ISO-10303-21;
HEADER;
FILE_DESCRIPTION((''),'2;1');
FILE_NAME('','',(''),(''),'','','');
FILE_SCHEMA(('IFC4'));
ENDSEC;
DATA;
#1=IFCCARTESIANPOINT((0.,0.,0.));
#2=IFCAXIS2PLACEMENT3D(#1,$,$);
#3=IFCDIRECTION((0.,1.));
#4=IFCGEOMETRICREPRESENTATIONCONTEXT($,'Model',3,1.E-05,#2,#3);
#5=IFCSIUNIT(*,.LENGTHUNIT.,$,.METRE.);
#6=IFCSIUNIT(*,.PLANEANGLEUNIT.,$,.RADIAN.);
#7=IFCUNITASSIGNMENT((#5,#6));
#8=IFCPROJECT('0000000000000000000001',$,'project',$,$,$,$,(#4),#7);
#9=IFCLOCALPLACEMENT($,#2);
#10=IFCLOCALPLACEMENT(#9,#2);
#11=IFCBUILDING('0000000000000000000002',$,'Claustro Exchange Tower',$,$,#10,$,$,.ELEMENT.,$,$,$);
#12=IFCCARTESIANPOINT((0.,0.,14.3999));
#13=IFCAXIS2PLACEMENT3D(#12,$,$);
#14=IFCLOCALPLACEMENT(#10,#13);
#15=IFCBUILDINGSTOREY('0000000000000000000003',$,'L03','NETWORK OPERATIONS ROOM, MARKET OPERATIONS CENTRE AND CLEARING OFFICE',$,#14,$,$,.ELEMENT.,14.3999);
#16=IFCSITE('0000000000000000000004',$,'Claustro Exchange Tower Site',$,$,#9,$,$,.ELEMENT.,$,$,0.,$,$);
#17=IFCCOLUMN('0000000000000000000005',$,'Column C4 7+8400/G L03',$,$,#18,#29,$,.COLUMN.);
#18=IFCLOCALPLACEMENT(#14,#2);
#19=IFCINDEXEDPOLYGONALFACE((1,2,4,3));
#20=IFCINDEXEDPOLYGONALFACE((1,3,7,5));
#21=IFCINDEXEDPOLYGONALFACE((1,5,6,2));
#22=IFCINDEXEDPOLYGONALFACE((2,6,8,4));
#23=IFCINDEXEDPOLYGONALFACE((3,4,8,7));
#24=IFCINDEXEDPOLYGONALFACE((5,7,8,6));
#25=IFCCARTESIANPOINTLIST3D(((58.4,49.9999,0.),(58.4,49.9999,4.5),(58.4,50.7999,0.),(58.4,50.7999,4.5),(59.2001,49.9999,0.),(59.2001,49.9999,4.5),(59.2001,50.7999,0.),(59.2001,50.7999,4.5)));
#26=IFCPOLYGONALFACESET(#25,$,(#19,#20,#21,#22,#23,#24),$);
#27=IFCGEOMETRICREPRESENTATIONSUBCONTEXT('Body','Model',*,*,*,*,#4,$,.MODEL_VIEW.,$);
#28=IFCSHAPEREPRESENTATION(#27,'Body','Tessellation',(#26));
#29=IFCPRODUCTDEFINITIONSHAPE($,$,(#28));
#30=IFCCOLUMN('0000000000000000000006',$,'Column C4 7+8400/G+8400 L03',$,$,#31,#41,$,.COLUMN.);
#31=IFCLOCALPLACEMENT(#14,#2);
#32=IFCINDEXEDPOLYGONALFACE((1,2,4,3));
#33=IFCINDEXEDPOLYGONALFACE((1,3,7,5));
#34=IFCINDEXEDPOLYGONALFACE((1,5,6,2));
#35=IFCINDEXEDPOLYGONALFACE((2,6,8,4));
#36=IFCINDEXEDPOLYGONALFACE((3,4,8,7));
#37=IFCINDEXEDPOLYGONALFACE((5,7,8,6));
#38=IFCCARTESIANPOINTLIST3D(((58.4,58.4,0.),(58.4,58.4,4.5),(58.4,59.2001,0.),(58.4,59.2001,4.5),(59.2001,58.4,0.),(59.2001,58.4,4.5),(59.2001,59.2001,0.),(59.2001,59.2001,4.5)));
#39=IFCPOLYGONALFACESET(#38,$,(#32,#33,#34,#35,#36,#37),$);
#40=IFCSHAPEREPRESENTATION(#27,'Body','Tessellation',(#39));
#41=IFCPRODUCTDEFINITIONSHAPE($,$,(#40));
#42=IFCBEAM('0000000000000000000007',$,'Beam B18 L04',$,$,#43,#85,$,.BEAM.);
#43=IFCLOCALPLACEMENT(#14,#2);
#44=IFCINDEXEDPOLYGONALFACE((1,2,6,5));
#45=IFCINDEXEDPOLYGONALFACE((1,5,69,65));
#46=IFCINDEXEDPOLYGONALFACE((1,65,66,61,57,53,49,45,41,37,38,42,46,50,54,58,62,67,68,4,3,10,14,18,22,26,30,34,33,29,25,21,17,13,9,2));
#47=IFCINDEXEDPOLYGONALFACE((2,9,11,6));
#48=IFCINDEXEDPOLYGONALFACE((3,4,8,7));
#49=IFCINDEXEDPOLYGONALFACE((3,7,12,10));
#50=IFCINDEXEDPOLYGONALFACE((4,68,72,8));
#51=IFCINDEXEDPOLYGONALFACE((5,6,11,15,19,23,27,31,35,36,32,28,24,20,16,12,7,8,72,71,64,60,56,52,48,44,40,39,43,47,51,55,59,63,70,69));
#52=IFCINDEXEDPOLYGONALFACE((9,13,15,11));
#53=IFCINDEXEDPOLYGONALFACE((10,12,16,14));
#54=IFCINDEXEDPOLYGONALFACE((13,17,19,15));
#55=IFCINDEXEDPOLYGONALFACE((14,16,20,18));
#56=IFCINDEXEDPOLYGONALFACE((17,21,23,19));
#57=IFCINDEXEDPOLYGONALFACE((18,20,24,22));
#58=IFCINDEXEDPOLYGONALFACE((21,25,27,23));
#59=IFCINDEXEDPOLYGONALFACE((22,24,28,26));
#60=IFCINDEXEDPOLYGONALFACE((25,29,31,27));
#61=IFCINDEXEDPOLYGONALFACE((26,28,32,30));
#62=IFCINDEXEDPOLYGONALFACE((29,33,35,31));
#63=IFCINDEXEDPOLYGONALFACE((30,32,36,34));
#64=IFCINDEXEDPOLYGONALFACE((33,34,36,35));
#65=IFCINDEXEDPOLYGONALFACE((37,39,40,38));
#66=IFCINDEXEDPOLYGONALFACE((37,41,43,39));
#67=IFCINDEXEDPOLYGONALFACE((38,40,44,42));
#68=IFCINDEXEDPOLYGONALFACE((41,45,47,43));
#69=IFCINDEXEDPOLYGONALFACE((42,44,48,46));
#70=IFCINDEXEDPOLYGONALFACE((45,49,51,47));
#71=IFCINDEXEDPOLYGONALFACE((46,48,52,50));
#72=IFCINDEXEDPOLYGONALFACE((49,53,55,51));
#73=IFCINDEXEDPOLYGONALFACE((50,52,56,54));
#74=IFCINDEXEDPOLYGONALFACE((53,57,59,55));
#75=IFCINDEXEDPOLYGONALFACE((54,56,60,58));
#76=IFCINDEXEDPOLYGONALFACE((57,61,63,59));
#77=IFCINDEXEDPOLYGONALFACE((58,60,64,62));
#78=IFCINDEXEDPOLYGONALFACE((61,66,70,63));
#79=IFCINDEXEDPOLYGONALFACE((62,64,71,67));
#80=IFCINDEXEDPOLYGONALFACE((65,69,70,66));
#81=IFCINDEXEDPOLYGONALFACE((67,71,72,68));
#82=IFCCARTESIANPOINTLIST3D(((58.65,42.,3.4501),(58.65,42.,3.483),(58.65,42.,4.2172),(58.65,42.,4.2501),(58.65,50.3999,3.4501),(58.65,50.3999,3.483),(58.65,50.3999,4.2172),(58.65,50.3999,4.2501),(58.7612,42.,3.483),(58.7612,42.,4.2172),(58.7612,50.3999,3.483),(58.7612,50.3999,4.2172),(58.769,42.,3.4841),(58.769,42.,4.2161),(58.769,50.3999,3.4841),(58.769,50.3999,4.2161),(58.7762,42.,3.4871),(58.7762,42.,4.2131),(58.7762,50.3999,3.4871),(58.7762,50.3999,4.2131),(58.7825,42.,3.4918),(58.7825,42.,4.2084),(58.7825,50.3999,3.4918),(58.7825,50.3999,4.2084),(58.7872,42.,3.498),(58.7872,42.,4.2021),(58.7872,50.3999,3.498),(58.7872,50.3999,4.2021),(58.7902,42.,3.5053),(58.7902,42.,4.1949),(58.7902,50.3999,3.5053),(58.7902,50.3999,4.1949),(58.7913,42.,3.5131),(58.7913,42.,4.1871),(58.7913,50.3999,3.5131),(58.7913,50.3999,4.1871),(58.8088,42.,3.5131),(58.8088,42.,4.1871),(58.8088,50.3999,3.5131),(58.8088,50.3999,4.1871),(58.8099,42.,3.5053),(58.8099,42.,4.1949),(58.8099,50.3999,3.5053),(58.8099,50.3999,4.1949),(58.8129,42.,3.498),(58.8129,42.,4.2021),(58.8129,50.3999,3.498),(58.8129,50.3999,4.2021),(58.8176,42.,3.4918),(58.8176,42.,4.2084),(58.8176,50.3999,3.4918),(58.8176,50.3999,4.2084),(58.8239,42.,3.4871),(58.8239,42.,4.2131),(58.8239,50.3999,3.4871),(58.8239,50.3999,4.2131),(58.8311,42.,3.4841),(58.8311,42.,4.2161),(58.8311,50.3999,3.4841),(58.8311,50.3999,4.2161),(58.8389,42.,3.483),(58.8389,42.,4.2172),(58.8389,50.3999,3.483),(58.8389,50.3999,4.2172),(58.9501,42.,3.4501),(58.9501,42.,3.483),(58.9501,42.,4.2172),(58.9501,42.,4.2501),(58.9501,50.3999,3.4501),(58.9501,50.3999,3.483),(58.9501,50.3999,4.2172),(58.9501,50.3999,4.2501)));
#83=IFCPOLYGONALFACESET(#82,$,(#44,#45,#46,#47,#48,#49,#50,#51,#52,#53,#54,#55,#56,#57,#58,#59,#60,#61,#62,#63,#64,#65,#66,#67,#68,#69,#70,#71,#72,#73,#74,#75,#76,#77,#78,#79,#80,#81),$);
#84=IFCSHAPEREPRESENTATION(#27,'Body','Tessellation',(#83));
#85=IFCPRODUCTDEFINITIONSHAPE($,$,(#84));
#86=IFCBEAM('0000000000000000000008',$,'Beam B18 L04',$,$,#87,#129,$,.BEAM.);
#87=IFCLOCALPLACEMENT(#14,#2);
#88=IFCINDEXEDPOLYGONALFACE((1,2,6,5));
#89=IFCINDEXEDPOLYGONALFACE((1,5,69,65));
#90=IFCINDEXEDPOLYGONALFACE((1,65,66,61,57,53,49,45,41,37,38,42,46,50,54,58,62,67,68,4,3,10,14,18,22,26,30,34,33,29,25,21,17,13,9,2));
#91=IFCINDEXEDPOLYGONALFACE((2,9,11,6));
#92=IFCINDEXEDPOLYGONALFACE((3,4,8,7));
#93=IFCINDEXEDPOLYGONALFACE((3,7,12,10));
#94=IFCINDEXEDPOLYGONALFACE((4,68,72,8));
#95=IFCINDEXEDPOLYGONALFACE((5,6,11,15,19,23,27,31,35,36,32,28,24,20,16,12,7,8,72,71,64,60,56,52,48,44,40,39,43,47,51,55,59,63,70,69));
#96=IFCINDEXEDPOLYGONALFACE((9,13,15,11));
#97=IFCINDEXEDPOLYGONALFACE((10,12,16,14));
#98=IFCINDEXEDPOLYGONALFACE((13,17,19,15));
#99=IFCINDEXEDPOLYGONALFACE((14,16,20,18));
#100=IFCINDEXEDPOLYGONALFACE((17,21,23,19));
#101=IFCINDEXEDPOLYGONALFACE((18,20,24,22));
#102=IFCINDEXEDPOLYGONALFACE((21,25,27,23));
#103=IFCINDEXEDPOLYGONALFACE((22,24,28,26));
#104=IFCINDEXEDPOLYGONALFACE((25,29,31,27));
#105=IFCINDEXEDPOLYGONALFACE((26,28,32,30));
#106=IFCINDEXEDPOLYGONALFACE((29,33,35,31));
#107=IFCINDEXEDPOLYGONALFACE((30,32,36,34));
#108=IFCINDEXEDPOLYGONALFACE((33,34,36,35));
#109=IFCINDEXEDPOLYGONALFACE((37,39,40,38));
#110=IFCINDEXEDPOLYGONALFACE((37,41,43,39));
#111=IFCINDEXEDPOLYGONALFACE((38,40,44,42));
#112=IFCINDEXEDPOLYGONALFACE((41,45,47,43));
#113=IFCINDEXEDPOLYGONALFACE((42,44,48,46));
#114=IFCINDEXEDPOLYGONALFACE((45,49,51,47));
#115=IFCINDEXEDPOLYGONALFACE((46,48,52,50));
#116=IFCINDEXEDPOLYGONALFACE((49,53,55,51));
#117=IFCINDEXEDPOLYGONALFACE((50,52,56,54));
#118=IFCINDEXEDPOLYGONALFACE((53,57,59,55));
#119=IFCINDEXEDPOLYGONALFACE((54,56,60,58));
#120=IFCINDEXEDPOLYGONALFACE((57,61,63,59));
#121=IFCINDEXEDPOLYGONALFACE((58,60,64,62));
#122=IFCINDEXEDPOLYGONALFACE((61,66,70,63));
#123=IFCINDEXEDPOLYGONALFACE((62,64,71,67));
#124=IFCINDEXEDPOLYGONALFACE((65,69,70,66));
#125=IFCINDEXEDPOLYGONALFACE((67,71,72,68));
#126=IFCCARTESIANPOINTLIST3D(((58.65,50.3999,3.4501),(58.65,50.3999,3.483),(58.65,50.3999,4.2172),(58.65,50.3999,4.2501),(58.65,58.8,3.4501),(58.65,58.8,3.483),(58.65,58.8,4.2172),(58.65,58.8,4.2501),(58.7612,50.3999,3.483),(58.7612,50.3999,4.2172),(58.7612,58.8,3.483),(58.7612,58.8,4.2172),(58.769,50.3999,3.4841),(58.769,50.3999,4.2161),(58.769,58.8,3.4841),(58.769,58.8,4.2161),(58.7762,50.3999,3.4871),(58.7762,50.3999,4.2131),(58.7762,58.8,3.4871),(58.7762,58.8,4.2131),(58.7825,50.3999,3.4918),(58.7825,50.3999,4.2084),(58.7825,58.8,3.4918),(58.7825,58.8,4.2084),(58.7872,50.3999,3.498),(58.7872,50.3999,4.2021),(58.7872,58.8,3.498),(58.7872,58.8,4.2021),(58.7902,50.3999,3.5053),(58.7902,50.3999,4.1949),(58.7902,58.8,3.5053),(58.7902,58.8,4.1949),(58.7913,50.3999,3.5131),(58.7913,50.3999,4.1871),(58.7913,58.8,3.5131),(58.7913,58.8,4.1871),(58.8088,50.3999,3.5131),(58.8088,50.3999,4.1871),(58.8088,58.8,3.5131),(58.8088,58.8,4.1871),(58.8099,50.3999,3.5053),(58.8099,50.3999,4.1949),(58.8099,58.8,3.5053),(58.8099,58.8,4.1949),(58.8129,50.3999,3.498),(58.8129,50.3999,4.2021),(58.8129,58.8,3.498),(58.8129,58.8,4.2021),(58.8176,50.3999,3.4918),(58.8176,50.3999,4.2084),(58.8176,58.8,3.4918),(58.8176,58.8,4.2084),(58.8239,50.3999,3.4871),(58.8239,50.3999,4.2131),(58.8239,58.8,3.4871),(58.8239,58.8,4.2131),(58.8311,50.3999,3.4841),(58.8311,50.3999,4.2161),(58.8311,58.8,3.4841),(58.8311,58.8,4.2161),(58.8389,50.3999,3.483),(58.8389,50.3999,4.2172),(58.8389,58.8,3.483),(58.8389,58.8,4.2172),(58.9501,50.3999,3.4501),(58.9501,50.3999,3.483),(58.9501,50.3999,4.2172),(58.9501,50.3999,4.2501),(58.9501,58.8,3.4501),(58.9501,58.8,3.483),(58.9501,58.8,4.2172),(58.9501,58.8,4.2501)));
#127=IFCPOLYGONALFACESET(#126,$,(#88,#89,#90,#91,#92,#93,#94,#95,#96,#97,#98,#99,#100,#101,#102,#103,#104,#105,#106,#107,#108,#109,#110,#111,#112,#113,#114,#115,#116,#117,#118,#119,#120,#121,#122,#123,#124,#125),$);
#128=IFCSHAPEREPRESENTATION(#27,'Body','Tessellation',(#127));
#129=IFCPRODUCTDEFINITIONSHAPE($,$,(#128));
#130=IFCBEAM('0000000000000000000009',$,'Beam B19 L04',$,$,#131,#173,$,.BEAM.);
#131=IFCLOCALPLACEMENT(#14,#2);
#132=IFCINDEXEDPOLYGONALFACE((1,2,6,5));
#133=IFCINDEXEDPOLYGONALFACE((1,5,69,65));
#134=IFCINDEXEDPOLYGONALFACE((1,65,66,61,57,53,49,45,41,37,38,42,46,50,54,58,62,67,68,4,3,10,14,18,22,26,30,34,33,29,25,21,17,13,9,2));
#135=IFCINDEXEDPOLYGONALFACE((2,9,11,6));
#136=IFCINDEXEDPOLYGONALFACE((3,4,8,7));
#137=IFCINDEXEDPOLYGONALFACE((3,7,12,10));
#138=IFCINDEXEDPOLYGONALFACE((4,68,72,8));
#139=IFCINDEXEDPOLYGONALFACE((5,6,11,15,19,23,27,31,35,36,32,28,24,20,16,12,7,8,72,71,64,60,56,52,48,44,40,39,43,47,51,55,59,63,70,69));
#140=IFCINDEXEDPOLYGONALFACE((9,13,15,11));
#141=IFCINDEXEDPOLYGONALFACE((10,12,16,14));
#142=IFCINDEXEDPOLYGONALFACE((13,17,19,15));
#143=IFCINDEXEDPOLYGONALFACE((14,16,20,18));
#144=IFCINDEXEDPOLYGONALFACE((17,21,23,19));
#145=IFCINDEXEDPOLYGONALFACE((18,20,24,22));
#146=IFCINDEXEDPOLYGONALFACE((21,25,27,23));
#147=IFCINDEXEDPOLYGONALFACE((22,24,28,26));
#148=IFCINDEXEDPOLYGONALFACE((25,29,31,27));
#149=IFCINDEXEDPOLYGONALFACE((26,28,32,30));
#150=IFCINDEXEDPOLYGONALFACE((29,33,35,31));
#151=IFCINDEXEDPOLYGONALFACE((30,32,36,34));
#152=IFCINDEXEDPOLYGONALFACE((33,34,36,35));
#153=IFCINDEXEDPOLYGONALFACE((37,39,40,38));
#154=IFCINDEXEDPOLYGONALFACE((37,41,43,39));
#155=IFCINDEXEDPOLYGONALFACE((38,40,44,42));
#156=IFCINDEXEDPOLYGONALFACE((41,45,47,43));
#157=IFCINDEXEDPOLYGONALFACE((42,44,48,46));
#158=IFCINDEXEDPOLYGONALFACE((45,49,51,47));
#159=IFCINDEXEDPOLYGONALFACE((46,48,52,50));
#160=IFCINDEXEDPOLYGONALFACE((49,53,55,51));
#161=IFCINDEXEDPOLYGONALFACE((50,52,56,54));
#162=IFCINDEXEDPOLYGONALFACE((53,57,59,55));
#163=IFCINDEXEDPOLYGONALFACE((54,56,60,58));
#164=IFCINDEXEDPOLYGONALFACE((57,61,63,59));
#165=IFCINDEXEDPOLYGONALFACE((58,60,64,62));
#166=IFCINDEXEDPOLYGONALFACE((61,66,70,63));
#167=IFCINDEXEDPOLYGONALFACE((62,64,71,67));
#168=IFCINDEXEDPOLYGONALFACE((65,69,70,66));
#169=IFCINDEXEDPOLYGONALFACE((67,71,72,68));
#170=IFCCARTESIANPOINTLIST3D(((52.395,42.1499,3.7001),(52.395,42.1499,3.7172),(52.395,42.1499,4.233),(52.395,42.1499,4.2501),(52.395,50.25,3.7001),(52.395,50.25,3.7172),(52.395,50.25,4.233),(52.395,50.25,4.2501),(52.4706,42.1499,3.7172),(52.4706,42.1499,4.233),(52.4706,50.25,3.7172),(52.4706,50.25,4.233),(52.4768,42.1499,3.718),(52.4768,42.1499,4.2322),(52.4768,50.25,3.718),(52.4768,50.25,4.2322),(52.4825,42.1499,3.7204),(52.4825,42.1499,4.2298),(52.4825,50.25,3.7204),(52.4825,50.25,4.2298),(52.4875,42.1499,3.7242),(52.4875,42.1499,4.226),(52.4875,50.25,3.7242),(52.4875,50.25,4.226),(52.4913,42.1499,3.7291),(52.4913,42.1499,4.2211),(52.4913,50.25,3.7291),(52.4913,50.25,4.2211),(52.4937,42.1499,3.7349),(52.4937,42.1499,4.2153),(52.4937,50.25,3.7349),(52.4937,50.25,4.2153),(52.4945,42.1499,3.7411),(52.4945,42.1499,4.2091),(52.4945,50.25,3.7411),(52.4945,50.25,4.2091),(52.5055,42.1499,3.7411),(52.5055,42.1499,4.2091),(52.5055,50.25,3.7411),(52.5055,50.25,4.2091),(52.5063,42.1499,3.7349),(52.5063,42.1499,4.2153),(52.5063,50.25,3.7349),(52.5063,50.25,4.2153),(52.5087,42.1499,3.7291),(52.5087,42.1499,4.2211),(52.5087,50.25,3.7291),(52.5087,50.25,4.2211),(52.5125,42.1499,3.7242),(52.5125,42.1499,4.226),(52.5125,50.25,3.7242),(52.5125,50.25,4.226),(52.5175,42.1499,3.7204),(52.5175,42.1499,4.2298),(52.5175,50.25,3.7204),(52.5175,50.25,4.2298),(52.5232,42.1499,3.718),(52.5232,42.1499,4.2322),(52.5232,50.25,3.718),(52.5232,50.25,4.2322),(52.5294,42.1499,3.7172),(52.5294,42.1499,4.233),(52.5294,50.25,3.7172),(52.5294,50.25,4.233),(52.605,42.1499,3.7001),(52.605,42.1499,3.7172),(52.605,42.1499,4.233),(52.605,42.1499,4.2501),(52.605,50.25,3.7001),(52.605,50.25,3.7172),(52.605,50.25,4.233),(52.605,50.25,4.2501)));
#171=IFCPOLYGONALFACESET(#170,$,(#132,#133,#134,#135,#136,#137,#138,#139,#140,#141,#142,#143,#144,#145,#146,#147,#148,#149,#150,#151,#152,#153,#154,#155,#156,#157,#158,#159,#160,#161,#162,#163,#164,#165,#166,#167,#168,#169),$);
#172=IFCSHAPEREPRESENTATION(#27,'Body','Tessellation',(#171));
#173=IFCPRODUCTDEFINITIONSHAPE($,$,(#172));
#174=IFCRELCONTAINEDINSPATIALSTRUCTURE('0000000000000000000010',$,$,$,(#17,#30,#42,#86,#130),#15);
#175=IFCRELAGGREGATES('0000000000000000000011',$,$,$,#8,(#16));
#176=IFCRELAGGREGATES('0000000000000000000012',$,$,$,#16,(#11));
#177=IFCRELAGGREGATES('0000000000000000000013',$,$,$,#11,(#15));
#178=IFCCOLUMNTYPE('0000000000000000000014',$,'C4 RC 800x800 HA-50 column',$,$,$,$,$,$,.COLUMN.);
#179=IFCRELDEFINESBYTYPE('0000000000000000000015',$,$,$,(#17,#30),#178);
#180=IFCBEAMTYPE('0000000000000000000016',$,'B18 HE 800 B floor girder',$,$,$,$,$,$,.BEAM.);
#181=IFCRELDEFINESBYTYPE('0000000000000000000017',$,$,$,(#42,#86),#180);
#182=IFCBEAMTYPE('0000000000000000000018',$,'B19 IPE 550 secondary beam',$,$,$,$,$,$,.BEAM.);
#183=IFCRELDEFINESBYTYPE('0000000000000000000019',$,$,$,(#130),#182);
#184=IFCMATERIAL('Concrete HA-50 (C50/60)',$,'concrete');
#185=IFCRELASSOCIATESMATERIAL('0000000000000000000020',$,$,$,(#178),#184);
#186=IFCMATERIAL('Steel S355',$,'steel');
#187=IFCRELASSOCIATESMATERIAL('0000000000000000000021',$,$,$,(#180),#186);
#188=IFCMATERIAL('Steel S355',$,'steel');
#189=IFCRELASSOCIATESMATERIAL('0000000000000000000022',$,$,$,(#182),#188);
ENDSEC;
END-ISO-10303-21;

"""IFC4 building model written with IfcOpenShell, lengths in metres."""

from ifc_helpers import new_model, si_unit, direction, frame, origin, origin_2d, place, context, subcontext, project, spatial, rectangle, i_section, extrude, material, material_profile, profile_set, type_object, element, save


model = new_model("IFC4")

# Units and contexts
model_context = context("Model", 3, precision=1e-05, world=origin(), true_north=direction((0.0, 1.0)))
body_context = subcontext(model_context, "Body", "Model", "MODEL_VIEW")
ifc_project = project(units=[si_unit("LENGTHUNIT", "METRE"), si_unit("PLANEANGLEUNIT", "RADIAN")], contexts=[model_context])

# Site, building, storey
site_placement = place(None, origin())
site = spatial("IfcSite", under=ifc_project, at=site_placement, Name="Claustro Exchange Tower Site", CompositionType="ELEMENT", RefElevation=0.0)
building_placement = place(site_placement, origin())
building = spatial("IfcBuilding", under=site, at=building_placement, Name="Claustro Exchange Tower", CompositionType="ELEMENT")
storey_placement = place(building_placement, frame((0.0, 0.0, 14.3999)))
storey = spatial("IfcBuildingStorey", under=building, at=storey_placement, Name="L03", Description="NETWORK OPERATIONS ROOM, MARKET OPERATIONS CENTRE AND CLEARING OFFICE", CompositionType="ELEMENT", Elevation=14.3999)

# Columns
ifc_material_1 = material(Name="Concrete HA-50 (C50/60)", Category="concrete")
ifc_material_profile_1 = material_profile(ifc_material_1, rectangle(XDim=0.8, YDim=0.8, at=origin_2d()), Name="RC 800x800")
ifc_profile_set_1 = profile_set([ifc_material_profile_1], Name="Concrete HA-50 (C50/60)")
column_type = type_object("IfcColumnType", Name="C4 RC 800x800 HA-50 column", PredefinedType="COLUMN", material=ifc_profile_set_1)
for number, where, z_axis, x_axis, name in (
    (1, (58.8, 50.3999, 0.0), (0.0, 0.0, 1.0), (1.0, 0.0, 0.0), "Column C4 7+8400/G L03"),
    (2, (58.8, 58.8, 0.0), (0.0, 0.0, 1.0), (1.0, 0.0, 0.0), "Column C4 7+8400/G+8400 L03"),
):
    element("IfcColumn", number, at=place(storey_placement, frame(where, z_axis=z_axis, x_axis=x_axis)), inside=storey, type_object=column_type, Name=name, PredefinedType="COLUMN", context=body_context, shape_type="SweptSolid", body=[
        extrude(rectangle(XDim=0.8, YDim=0.8, at=origin_2d()), origin(), (0.0, 0.0, 1.0), 4.5),
    ])

# Beams
ifc_material_2 = material(Name="Steel S355", Category="steel")
ifc_material_profile_2 = material_profile(ifc_material_2, i_section(OverallWidth=0.3, OverallDepth=0.8, WebThickness=0.0176, FlangeThickness=0.033, FilletRadius=0.03, at=origin_2d()), Name="HE 800 B")
ifc_profile_set_2 = profile_set([ifc_material_profile_2], Name="Steel S355")
beam_type_1 = type_object("IfcBeamType", Name="B18 HE 800 B floor girder", PredefinedType="BEAM", material=ifc_profile_set_2)
beam_1_placement = place(storey_placement, frame((58.8, 42.0, 3.8501), z_axis=(0.0, 1.0, 0.0), x_axis=(-1.0, 0.0, 0.0)))
element("IfcBeam", 3, at=beam_1_placement, inside=storey, type_object=beam_type_1, Name="Beam B18 L04", PredefinedType="BEAM", context=body_context, shape_type="SweptSolid", body=[
    extrude(i_section(OverallWidth=0.3, OverallDepth=0.8, WebThickness=0.0176, FlangeThickness=0.033, FilletRadius=0.03, at=origin_2d()), origin(), (0.0, 0.0, 1.0), 8.3999),
])
beam_2_placement = place(storey_placement, frame((58.8, 50.3999, 3.8501), z_axis=(0.0, 1.0, 0.0), x_axis=(-1.0, 0.0, 0.0)))
element("IfcBeam", 4, at=beam_2_placement, inside=storey, type_object=beam_type_1, Name="Beam B18 L04", PredefinedType="BEAM", context=body_context, shape_type="SweptSolid", body=[
    extrude(i_section(OverallWidth=0.3, OverallDepth=0.8, WebThickness=0.0176, FlangeThickness=0.033, FilletRadius=0.03, at=origin_2d()), origin(), (0.0, 0.0, 1.0), 8.4001),
])
ifc_material_3 = material(Name="Steel S355", Category="steel")
ifc_material_profile_3 = material_profile(ifc_material_3, i_section(OverallWidth=0.21, OverallDepth=0.55, WebThickness=0.011, FlangeThickness=0.0171, FilletRadius=0.0239, at=origin_2d()), Name="IPE 550")
ifc_profile_set_3 = profile_set([ifc_material_profile_3], Name="Steel S355")
beam_type_2 = type_object("IfcBeamType", Name="B19 IPE 550 secondary beam", PredefinedType="BEAM", material=ifc_profile_set_3)
for number, where, z_axis, x_axis, name in (
    (5, (52.5, 42.1499, 3.9751), (0.0, 1.0, 0.0), (-1.0, 0.0, 0.0), "Beam B19 L04"),
):
    element("IfcBeam", number, at=place(storey_placement, frame(where, z_axis=z_axis, x_axis=x_axis)), inside=storey, type_object=beam_type_2, Name=name, PredefinedType="BEAM", context=body_context, shape_type="SweptSolid", body=[
        extrude(i_section(OverallWidth=0.21, OverallDepth=0.55, WebThickness=0.011, FlangeThickness=0.0171, FilletRadius=0.0239, at=origin_2d()), origin(), (0.0, 0.0, 1.0), 8.1001),
    ])

save(model, "model.ifc")
